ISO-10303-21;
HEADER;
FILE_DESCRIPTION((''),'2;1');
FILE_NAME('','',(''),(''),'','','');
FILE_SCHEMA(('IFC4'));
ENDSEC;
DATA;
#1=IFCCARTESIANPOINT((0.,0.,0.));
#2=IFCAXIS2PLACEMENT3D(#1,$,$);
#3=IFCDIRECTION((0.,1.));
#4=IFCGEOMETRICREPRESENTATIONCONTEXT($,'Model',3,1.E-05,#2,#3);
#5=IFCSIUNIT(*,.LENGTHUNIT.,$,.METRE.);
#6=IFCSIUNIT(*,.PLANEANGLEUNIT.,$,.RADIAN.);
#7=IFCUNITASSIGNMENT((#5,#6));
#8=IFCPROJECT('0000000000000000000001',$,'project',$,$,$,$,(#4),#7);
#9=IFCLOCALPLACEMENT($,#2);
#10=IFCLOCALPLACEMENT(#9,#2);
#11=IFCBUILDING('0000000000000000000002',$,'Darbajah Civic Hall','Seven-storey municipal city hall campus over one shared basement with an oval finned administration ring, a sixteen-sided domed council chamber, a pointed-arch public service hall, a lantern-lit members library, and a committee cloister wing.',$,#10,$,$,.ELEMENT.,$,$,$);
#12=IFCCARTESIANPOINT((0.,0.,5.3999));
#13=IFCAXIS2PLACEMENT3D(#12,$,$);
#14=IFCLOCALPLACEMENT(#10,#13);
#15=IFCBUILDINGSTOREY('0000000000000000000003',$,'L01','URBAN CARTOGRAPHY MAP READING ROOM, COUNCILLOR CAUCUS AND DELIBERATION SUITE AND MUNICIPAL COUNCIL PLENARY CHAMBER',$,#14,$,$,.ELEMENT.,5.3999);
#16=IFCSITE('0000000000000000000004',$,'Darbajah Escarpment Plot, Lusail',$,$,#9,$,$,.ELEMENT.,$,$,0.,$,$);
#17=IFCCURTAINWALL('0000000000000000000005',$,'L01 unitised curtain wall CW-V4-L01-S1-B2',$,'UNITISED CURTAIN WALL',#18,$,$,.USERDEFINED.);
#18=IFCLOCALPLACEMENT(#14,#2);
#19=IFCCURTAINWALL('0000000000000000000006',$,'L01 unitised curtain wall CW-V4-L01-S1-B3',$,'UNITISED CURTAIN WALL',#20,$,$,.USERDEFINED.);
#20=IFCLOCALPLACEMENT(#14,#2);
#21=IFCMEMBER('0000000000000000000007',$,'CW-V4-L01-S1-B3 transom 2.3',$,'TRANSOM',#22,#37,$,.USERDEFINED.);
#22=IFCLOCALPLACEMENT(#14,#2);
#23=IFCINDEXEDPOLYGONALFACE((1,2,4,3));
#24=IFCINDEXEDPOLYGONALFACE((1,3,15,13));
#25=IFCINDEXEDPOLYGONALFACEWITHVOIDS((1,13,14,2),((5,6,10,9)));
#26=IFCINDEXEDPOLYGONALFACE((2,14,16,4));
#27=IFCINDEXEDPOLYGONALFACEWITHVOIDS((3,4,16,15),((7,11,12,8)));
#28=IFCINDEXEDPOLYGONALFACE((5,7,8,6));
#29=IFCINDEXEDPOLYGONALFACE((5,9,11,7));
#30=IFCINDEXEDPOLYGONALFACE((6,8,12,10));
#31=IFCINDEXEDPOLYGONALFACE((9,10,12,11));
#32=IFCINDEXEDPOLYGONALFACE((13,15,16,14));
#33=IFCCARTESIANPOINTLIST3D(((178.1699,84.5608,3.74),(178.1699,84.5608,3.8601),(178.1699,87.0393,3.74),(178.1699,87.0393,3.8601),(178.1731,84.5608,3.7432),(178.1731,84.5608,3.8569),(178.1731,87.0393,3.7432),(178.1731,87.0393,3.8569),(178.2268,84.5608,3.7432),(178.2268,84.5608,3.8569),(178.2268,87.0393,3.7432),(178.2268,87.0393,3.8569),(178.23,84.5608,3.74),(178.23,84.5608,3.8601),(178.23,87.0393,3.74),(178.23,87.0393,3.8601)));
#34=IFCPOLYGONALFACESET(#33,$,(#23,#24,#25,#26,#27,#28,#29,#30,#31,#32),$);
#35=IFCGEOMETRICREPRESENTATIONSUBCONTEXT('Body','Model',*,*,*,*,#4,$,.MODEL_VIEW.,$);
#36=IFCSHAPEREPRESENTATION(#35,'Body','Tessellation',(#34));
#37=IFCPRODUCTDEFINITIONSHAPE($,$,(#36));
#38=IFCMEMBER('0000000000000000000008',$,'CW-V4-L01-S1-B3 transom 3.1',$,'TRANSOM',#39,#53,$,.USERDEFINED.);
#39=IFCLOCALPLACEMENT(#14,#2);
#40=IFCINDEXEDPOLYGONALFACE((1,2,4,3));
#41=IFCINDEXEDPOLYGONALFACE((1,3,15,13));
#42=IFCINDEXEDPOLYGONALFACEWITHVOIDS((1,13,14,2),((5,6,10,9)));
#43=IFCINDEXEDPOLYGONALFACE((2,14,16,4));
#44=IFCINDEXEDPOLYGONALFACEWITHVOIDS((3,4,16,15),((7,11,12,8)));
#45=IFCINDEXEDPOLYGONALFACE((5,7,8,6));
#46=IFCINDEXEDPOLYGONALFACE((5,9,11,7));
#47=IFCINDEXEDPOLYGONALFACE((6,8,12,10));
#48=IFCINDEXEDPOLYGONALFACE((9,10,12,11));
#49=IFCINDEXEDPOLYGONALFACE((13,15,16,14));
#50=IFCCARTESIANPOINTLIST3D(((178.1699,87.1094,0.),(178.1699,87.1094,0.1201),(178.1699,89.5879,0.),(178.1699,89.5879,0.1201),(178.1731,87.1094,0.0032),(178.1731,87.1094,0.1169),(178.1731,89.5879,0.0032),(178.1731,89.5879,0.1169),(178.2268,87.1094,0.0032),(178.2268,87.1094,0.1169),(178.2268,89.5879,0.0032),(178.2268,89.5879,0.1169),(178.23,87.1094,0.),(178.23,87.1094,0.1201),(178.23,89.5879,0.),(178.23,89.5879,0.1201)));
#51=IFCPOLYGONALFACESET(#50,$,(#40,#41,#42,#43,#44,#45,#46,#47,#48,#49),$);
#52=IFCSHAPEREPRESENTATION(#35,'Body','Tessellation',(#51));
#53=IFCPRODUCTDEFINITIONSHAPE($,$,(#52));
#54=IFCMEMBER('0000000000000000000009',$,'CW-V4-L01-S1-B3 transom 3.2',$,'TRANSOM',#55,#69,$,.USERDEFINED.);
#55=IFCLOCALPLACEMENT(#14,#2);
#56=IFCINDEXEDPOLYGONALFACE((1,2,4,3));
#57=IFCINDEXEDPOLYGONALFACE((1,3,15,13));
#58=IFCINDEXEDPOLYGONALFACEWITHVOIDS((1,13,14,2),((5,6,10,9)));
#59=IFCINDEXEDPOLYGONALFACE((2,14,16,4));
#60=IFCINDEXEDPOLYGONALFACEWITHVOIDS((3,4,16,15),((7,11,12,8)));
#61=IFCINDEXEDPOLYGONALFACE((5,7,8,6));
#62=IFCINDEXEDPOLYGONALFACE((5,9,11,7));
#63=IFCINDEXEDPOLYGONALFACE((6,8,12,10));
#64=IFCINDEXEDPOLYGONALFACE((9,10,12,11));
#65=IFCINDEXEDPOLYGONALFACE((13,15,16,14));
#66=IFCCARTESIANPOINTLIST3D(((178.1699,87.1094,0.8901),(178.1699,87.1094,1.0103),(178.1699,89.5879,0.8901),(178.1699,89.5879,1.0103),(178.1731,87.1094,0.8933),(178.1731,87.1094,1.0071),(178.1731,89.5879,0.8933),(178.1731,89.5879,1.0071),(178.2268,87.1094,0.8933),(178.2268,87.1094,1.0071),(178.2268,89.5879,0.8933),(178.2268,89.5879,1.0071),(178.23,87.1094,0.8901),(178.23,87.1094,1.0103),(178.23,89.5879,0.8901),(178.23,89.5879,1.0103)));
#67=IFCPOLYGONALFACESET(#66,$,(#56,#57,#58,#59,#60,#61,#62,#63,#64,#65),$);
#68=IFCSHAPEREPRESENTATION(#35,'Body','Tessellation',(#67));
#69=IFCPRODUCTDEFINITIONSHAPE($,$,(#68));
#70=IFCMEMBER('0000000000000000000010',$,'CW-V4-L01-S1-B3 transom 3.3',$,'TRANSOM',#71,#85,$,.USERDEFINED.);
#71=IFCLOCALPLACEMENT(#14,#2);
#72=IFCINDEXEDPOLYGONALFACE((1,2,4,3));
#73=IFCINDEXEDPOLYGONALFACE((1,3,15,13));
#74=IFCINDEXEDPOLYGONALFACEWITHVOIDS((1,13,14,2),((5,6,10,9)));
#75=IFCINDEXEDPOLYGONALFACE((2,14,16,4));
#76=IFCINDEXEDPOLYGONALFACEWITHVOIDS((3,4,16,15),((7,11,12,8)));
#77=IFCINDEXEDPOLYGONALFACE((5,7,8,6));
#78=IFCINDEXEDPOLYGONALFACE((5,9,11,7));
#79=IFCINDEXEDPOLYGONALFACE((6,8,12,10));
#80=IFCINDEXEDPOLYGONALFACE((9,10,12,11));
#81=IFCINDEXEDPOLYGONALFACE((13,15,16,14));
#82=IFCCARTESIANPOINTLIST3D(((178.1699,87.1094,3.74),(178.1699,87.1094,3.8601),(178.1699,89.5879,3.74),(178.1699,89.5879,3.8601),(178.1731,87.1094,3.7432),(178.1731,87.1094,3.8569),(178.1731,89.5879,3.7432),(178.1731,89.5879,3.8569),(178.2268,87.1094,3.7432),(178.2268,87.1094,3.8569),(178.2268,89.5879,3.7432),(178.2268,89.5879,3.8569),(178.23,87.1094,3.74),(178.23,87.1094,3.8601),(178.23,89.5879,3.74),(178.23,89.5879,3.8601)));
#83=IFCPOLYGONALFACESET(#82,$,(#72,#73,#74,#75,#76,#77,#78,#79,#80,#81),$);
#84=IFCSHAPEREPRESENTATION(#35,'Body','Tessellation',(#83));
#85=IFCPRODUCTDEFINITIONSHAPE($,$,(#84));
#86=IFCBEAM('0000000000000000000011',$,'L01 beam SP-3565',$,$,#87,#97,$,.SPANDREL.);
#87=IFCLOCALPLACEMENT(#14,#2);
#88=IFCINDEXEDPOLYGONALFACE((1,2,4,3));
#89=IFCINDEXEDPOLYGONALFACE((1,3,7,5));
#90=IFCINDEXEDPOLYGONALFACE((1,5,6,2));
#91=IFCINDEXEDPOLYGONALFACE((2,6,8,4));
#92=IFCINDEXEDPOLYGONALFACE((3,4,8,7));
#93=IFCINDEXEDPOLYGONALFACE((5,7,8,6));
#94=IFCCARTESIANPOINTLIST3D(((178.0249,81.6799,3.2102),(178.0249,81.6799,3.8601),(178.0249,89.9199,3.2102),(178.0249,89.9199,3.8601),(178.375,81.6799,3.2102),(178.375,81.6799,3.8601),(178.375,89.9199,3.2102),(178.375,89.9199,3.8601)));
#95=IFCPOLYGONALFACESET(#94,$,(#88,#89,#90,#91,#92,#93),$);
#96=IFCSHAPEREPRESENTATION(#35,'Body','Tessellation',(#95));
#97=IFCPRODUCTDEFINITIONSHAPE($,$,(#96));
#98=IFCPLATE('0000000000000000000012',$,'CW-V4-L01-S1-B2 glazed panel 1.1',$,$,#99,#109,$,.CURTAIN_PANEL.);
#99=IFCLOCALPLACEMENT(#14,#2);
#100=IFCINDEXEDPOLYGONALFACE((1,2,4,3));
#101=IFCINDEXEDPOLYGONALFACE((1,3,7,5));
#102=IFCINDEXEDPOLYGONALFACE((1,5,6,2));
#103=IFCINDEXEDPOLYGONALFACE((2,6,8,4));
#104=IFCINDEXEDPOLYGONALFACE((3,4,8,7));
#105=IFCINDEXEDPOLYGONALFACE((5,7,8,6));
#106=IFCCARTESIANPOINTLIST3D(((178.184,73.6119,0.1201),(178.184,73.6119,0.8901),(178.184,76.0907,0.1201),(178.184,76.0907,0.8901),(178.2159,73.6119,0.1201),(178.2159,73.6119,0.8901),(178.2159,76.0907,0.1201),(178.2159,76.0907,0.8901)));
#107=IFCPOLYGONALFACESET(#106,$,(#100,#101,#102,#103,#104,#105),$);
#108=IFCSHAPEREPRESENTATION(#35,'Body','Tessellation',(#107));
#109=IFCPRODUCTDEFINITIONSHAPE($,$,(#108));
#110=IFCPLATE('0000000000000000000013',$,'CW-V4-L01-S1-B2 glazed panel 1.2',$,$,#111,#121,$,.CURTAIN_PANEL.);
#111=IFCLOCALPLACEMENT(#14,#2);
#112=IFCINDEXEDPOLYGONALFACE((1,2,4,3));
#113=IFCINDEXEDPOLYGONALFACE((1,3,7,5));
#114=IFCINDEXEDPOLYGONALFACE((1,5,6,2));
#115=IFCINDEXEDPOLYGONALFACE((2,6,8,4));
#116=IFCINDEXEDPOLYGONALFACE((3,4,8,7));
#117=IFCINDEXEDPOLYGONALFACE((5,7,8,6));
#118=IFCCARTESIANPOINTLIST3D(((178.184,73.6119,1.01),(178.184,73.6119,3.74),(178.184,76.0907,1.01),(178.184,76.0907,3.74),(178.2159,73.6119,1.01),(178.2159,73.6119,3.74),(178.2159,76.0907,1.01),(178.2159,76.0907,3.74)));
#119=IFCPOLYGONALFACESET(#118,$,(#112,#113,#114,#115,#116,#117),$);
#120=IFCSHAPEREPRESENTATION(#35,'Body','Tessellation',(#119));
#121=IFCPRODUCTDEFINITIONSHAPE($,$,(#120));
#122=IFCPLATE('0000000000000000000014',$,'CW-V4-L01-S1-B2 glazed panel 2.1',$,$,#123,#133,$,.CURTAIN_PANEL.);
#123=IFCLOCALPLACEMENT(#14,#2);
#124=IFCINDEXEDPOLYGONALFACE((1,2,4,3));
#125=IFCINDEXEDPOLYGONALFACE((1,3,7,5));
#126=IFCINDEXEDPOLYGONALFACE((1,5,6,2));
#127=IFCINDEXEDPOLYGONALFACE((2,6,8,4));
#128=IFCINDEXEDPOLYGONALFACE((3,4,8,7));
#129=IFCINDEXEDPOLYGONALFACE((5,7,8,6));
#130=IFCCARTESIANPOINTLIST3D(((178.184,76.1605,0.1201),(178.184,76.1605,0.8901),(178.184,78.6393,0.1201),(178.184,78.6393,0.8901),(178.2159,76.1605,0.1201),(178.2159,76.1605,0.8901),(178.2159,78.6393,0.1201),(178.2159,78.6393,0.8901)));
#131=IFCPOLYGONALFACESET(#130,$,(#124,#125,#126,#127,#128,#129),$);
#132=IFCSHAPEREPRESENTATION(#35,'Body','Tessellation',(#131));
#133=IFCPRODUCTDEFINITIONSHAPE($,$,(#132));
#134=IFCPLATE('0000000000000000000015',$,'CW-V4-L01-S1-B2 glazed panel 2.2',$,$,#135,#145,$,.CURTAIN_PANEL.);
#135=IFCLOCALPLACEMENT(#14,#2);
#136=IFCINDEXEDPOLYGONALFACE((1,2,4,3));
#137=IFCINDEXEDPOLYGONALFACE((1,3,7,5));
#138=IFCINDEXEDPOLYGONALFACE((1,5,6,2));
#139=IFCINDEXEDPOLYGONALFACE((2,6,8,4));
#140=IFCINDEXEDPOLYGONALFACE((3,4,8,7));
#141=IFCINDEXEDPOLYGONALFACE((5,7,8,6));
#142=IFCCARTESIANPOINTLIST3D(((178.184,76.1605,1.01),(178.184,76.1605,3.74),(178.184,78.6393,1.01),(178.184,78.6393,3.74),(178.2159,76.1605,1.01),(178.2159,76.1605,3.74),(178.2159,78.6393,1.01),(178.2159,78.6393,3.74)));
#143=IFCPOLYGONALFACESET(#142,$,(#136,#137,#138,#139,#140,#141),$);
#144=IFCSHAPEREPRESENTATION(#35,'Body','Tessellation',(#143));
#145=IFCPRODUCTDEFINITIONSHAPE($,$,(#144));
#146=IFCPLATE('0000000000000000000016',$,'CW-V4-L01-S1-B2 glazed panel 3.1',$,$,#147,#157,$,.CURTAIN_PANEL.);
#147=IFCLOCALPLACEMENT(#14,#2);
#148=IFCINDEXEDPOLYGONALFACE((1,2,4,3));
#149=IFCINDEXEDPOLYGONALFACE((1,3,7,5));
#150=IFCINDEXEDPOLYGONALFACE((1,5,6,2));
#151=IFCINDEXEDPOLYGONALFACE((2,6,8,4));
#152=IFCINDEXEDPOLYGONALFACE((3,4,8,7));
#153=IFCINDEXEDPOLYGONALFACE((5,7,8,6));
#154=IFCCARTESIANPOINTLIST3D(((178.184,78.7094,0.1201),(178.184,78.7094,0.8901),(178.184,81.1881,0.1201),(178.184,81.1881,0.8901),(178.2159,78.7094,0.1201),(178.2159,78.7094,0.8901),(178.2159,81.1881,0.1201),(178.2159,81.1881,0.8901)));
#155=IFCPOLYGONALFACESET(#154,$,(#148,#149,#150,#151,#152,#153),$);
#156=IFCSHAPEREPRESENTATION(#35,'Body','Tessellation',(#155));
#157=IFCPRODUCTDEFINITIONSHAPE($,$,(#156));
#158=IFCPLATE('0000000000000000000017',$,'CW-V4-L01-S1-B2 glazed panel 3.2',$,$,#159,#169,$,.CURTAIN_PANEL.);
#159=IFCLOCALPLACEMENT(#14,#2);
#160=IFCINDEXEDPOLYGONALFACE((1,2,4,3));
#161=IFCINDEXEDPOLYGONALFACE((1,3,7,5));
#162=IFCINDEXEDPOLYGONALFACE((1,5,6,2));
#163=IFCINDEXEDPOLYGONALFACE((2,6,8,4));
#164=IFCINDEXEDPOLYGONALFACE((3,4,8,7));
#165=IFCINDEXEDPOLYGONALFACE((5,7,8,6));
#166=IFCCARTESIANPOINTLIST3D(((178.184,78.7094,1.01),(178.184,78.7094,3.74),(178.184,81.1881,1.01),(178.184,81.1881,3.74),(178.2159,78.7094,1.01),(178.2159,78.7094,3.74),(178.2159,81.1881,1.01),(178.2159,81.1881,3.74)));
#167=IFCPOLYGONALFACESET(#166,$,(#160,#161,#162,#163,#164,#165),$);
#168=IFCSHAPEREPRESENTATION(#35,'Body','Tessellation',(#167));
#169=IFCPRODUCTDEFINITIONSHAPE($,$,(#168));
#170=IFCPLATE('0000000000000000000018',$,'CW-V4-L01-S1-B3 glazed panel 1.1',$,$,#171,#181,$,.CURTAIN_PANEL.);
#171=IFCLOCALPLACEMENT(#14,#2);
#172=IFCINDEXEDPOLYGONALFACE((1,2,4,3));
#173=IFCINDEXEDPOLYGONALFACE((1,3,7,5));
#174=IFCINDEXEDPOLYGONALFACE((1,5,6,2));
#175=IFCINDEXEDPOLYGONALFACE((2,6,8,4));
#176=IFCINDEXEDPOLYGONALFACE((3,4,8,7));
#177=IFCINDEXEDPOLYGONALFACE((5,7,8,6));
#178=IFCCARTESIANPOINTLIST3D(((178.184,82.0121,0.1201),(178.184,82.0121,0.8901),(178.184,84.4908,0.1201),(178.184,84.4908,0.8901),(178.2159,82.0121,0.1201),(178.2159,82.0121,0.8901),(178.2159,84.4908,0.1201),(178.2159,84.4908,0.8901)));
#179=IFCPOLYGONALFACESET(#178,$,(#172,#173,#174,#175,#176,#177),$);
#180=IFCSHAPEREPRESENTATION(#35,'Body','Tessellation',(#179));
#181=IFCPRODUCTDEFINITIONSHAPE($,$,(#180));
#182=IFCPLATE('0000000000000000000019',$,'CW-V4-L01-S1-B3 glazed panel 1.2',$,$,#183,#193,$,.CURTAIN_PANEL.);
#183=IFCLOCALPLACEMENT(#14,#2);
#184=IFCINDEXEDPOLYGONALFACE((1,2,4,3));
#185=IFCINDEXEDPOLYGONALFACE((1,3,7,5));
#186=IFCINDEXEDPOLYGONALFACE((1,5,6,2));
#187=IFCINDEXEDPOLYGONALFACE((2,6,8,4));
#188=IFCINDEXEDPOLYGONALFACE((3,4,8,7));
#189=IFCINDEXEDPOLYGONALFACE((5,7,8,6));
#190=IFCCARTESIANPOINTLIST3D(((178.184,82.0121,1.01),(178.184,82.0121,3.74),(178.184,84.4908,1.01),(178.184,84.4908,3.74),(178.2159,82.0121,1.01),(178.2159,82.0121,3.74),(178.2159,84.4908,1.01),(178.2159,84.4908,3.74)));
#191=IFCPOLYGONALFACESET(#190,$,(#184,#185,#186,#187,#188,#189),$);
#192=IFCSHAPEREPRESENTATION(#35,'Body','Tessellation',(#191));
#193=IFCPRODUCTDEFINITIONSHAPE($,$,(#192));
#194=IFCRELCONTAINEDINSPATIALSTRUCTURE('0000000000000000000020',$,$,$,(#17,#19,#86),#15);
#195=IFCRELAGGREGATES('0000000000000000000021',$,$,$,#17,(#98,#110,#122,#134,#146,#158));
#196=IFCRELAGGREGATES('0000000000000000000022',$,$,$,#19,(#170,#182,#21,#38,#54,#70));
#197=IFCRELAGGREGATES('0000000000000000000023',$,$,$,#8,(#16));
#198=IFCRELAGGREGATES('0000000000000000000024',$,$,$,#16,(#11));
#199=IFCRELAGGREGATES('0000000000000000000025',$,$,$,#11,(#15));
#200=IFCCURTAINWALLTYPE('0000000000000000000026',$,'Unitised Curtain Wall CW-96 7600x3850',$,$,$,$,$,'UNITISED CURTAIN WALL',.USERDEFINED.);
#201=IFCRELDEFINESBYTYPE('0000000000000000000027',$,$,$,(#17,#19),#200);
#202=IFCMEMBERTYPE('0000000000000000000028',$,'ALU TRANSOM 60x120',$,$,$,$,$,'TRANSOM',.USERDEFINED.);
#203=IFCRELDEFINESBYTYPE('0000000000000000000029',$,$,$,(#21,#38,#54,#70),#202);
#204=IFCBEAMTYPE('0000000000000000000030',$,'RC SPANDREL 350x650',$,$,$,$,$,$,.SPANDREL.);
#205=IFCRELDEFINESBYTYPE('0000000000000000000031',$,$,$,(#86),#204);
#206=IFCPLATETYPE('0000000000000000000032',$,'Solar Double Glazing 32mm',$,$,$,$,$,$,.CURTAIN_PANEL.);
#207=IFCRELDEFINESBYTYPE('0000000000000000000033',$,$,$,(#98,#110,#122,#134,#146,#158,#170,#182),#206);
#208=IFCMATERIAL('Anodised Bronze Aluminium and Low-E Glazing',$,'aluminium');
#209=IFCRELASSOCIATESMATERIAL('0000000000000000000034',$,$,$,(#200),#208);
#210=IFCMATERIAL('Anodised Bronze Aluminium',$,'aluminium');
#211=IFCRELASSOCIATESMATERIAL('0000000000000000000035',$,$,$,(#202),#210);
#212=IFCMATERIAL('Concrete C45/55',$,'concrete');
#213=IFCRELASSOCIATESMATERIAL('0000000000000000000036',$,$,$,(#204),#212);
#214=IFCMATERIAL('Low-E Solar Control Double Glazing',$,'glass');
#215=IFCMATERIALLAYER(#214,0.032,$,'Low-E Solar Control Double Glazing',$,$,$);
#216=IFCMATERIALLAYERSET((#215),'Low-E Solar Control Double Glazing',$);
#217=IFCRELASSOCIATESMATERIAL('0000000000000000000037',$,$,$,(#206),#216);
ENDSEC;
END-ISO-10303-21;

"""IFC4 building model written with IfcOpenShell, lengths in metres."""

from ifc_helpers import new_model, si_unit, direction, frame, origin, origin_2d, place, context, subcontext, project, spatial, rectangle, hollow_rectangle, extrude, material, layer, layer_set, material_profile, profile_set, type_object, element, aggregate, save


model = new_model("IFC4")

# Units and contexts
model_context = context("Model", 3, precision=1e-05, world=origin(), true_north=direction((0.0, 1.0)))
body_context = subcontext(model_context, "Body", "Model", "MODEL_VIEW")
ifc_project = project(units=[si_unit("LENGTHUNIT", "METRE"), si_unit("PLANEANGLEUNIT", "RADIAN")], contexts=[model_context])

# Site, building, storey
site_placement = place(None, origin())
site = spatial("IfcSite", under=ifc_project, at=site_placement, Name="Darbajah Escarpment Plot, Lusail", CompositionType="ELEMENT", RefElevation=0.0)
building_placement = place(site_placement, origin())
building = spatial("IfcBuilding", under=site, at=building_placement, Name="Darbajah Civic Hall", Description="Seven-storey municipal city hall campus over one shared basement with an oval finned administration ring, a sixteen-sided domed council chamber, a pointed-arch public service hall, a lantern-lit members library, and a committee cloister wing.", CompositionType="ELEMENT")
storey_placement = place(building_placement, frame((0.0, 0.0, 5.3999)))
storey = spatial("IfcBuildingStorey", under=building, at=storey_placement, Name="L01", Description="URBAN CARTOGRAPHY MAP READING ROOM, COUNCILLOR CAUCUS AND DELIBERATION SUITE AND MUNICIPAL COUNCIL PLENARY CHAMBER", CompositionType="ELEMENT", Elevation=5.3999)

# Curtain walls
ifc_material_1 = material(Name="Anodised Bronze Aluminium and Low-E Glazing", Category="aluminium")
curtain_wall_type = type_object("IfcCurtainWallType", Name="Unitised Curtain Wall CW-96 7600x3850", ElementType="UNITISED CURTAIN WALL", PredefinedType="USERDEFINED", material=ifc_material_1)
curtain_wall_1_placement = place(storey_placement, origin())
curtain_wall_1 = element("IfcCurtainWall", 1, at=curtain_wall_1_placement, inside=storey, type_object=curtain_wall_type, Name="L01 unitised curtain wall CW-V4-L01-S1-B2", ObjectType="UNITISED CURTAIN WALL", PredefinedType="USERDEFINED")
ifc_material_2 = material(Name="Anodised Bronze Aluminium", Category="aluminium")
curtain_wall_2_placement = place(storey_placement, origin())
curtain_wall_2 = element("IfcCurtainWall", 2, at=curtain_wall_2_placement, inside=storey, type_object=curtain_wall_type, Name="L01 unitised curtain wall CW-V4-L01-S1-B3", ObjectType="UNITISED CURTAIN WALL", PredefinedType="USERDEFINED")

# Members
ifc_material_profile_1 = material_profile(ifc_material_2, hollow_rectangle(XDim=0.0601, YDim=0.1201, WallThickness=0.0032, at=origin_2d()), Name="ALU TRANSOM 60x120")
ifc_profile_set_1 = profile_set([ifc_material_profile_1], Name="Anodised Bronze Aluminium")
member_type_1 = type_object("IfcMemberType", Name="ALU TRANSOM 60x120", ElementType="TRANSOM", PredefinedType="USERDEFINED", material=ifc_profile_set_1)
member_1_placement = place(storey_placement, frame((178.2, 84.5608, 3.8), z_axis=(0.0, 1.0, 0.0), x_axis=(-1.0, 0.0, 0.0)))
member_1 = element("IfcMember", 3, at=member_1_placement, type_object=member_type_1, Name="CW-V4-L01-S1-B3 transom 2.3", ObjectType="TRANSOM", PredefinedType="USERDEFINED", context=body_context, shape_type="SweptSolid", body=[
    extrude(hollow_rectangle(XDim=0.0601, YDim=0.1201, WallThickness=0.0032, at=origin_2d()), origin(), (0.0, 0.0, 1.0), 2.4785),
])
member_2_placement = place(storey_placement, frame((178.2, 87.1094, 0.0601), z_axis=(0.0, 1.0, 0.0), x_axis=(-1.0, 0.0, 0.0)))
member_2 = element("IfcMember", 4, at=member_2_placement, type_object=member_type_1, Name="CW-V4-L01-S1-B3 transom 3.1", ObjectType="TRANSOM", PredefinedType="USERDEFINED", context=body_context, shape_type="SweptSolid", body=[
    extrude(hollow_rectangle(XDim=0.0601, YDim=0.1201, WallThickness=0.0032, at=origin_2d()), origin(), (0.0, 0.0, 1.0), 2.4785),
])
member_3_placement = place(storey_placement, frame((178.2, 87.1094, 0.9502), z_axis=(0.0, 1.0, 0.0), x_axis=(-1.0, 0.0, 0.0)))
member_3 = element("IfcMember", 5, at=member_3_placement, type_object=member_type_1, Name="CW-V4-L01-S1-B3 transom 3.2", ObjectType="TRANSOM", PredefinedType="USERDEFINED", context=body_context, shape_type="SweptSolid", body=[
    extrude(hollow_rectangle(XDim=0.0601, YDim=0.1201, WallThickness=0.0032, at=origin_2d()), origin(), (0.0, 0.0, 1.0), 2.4785),
])
member_4_placement = place(storey_placement, frame((178.2, 87.1094, 3.8), z_axis=(0.0, 1.0, 0.0), x_axis=(-1.0, 0.0, 0.0)))
member_4 = element("IfcMember", 6, at=member_4_placement, type_object=member_type_1, Name="CW-V4-L01-S1-B3 transom 3.3", ObjectType="TRANSOM", PredefinedType="USERDEFINED", context=body_context, shape_type="SweptSolid", body=[
    extrude(hollow_rectangle(XDim=0.0601, YDim=0.1201, WallThickness=0.0032, at=origin_2d()), origin(), (0.0, 0.0, 1.0), 2.4785),
])

# Beam
ifc_material_3 = material(Name="Concrete C45/55", Category="concrete")
ifc_material_profile_2 = material_profile(ifc_material_3, rectangle(XDim=0.3501, YDim=0.6499, at=origin_2d()), Name="RC SPANDREL 350x650")
ifc_profile_set_2 = profile_set([ifc_material_profile_2], Name="Concrete C45/55")
beam_type = type_object("IfcBeamType", Name="RC SPANDREL 350x650", PredefinedType="SPANDREL", material=ifc_profile_set_2)
beam_placement = place(storey_placement, frame((178.2, 81.6799, 3.5352), z_axis=(0.0, 1.0, 0.0), x_axis=(-1.0, 0.0, 0.0)))
element("IfcBeam", 7, at=beam_placement, inside=storey, type_object=beam_type, Name="L01 beam SP-3565", PredefinedType="SPANDREL", context=body_context, shape_type="SweptSolid", body=[
    extrude(rectangle(XDim=0.3501, YDim=0.6499, at=origin_2d()), origin(), (0.0, 0.0, 1.0), 8.24),
])

# Plates
ifc_material_4 = material(Name="Low-E Solar Control Double Glazing", Category="glass")
ifc_layer = layer(ifc_material_4, 0.032, Name="Low-E Solar Control Double Glazing")
ifc_layer_set = layer_set([ifc_layer], Name="Low-E Solar Control Double Glazing")
plate_type = type_object("IfcPlateType", Name="Solar Double Glazing 32mm", PredefinedType="CURTAIN_PANEL", material=ifc_layer_set)
plate_1_placement = place(storey_placement, frame((178.2, 74.8513, 0.1201), z_axis=(0.0, 0.0, 1.0), x_axis=(0.0, 1.0, 0.0)))
plate_1 = element("IfcPlate", 8, at=plate_1_placement, type_object=plate_type, Name="CW-V4-L01-S1-B2 glazed panel 1.1", PredefinedType="CURTAIN_PANEL", context=body_context, shape_type="SweptSolid", body=[
    extrude(rectangle(XDim=2.4788, YDim=0.032, at=origin_2d()), origin(), (0.0, 0.0, 1.0), 0.77),
])
plate_2_placement = place(storey_placement, frame((178.2, 74.8513, 1.01), z_axis=(0.0, 0.0, 1.0), x_axis=(0.0, 1.0, 0.0)))
plate_2 = element("IfcPlate", 9, at=plate_2_placement, type_object=plate_type, Name="CW-V4-L01-S1-B2 glazed panel 1.2", PredefinedType="CURTAIN_PANEL", context=body_context, shape_type="SweptSolid", body=[
    extrude(rectangle(XDim=2.4788, YDim=0.032, at=origin_2d()), origin(), (0.0, 0.0, 1.0), 2.73),
])
plate_3_placement = place(storey_placement, frame((178.2, 77.3999, 0.1201), z_axis=(0.0, 0.0, 1.0), x_axis=(0.0, 1.0, 0.0)))
plate_3 = element("IfcPlate", 10, at=plate_3_placement, type_object=plate_type, Name="CW-V4-L01-S1-B2 glazed panel 2.1", PredefinedType="CURTAIN_PANEL", context=body_context, shape_type="SweptSolid", body=[
    extrude(rectangle(XDim=2.4788, YDim=0.032, at=origin_2d()), origin(), (0.0, 0.0, 1.0), 0.77),
])
plate_4_placement = place(storey_placement, frame((178.2, 77.3999, 1.01), z_axis=(0.0, 0.0, 1.0), x_axis=(0.0, 1.0, 0.0)))
plate_4 = element("IfcPlate", 11, at=plate_4_placement, type_object=plate_type, Name="CW-V4-L01-S1-B2 glazed panel 2.2", PredefinedType="CURTAIN_PANEL", context=body_context, shape_type="SweptSolid", body=[
    extrude(rectangle(XDim=2.4788, YDim=0.032, at=origin_2d()), origin(), (0.0, 0.0, 1.0), 2.73),
])
plate_5_placement = place(storey_placement, frame((178.2, 79.9487, 0.1201), z_axis=(0.0, 0.0, 1.0), x_axis=(0.0, 1.0, 0.0)))
plate_5 = element("IfcPlate", 12, at=plate_5_placement, type_object=plate_type, Name="CW-V4-L01-S1-B2 glazed panel 3.1", PredefinedType="CURTAIN_PANEL", context=body_context, shape_type="SweptSolid", body=[
    extrude(rectangle(XDim=2.4788, YDim=0.032, at=origin_2d()), origin(), (0.0, 0.0, 1.0), 0.77),
])
plate_6_placement = place(storey_placement, frame((178.2, 79.9487, 1.01), z_axis=(0.0, 0.0, 1.0), x_axis=(0.0, 1.0, 0.0)))
plate_6 = element("IfcPlate", 13, at=plate_6_placement, type_object=plate_type, Name="CW-V4-L01-S1-B2 glazed panel 3.2", PredefinedType="CURTAIN_PANEL", context=body_context, shape_type="SweptSolid", body=[
    extrude(rectangle(XDim=2.4788, YDim=0.032, at=origin_2d()), origin(), (0.0, 0.0, 1.0), 2.73),
])
aggregate(curtain_wall_1, [plate_1, plate_2, plate_3, plate_4, plate_5, plate_6])
plate_7_placement = place(storey_placement, frame((178.2, 83.2515, 0.1201), z_axis=(0.0, 0.0, 1.0), x_axis=(0.0, 1.0, 0.0)))
plate_7 = element("IfcPlate", 14, at=plate_7_placement, type_object=plate_type, Name="CW-V4-L01-S1-B3 glazed panel 1.1", PredefinedType="CURTAIN_PANEL", context=body_context, shape_type="SweptSolid", body=[
    extrude(rectangle(XDim=2.4788, YDim=0.032, at=origin_2d()), origin(), (0.0, 0.0, 1.0), 0.77),
])
plate_8_placement = place(storey_placement, frame((178.2, 83.2515, 1.01), z_axis=(0.0, 0.0, 1.0), x_axis=(0.0, 1.0, 0.0)))
plate_8 = element("IfcPlate", 15, at=plate_8_placement, type_object=plate_type, Name="CW-V4-L01-S1-B3 glazed panel 1.2", PredefinedType="CURTAIN_PANEL", context=body_context, shape_type="SweptSolid", body=[
    extrude(rectangle(XDim=2.4788, YDim=0.032, at=origin_2d()), origin(), (0.0, 0.0, 1.0), 2.73),
])
aggregate(curtain_wall_2, [plate_7, plate_8, member_1, member_2, member_3, member_4])

save(model, "model.ifc")
